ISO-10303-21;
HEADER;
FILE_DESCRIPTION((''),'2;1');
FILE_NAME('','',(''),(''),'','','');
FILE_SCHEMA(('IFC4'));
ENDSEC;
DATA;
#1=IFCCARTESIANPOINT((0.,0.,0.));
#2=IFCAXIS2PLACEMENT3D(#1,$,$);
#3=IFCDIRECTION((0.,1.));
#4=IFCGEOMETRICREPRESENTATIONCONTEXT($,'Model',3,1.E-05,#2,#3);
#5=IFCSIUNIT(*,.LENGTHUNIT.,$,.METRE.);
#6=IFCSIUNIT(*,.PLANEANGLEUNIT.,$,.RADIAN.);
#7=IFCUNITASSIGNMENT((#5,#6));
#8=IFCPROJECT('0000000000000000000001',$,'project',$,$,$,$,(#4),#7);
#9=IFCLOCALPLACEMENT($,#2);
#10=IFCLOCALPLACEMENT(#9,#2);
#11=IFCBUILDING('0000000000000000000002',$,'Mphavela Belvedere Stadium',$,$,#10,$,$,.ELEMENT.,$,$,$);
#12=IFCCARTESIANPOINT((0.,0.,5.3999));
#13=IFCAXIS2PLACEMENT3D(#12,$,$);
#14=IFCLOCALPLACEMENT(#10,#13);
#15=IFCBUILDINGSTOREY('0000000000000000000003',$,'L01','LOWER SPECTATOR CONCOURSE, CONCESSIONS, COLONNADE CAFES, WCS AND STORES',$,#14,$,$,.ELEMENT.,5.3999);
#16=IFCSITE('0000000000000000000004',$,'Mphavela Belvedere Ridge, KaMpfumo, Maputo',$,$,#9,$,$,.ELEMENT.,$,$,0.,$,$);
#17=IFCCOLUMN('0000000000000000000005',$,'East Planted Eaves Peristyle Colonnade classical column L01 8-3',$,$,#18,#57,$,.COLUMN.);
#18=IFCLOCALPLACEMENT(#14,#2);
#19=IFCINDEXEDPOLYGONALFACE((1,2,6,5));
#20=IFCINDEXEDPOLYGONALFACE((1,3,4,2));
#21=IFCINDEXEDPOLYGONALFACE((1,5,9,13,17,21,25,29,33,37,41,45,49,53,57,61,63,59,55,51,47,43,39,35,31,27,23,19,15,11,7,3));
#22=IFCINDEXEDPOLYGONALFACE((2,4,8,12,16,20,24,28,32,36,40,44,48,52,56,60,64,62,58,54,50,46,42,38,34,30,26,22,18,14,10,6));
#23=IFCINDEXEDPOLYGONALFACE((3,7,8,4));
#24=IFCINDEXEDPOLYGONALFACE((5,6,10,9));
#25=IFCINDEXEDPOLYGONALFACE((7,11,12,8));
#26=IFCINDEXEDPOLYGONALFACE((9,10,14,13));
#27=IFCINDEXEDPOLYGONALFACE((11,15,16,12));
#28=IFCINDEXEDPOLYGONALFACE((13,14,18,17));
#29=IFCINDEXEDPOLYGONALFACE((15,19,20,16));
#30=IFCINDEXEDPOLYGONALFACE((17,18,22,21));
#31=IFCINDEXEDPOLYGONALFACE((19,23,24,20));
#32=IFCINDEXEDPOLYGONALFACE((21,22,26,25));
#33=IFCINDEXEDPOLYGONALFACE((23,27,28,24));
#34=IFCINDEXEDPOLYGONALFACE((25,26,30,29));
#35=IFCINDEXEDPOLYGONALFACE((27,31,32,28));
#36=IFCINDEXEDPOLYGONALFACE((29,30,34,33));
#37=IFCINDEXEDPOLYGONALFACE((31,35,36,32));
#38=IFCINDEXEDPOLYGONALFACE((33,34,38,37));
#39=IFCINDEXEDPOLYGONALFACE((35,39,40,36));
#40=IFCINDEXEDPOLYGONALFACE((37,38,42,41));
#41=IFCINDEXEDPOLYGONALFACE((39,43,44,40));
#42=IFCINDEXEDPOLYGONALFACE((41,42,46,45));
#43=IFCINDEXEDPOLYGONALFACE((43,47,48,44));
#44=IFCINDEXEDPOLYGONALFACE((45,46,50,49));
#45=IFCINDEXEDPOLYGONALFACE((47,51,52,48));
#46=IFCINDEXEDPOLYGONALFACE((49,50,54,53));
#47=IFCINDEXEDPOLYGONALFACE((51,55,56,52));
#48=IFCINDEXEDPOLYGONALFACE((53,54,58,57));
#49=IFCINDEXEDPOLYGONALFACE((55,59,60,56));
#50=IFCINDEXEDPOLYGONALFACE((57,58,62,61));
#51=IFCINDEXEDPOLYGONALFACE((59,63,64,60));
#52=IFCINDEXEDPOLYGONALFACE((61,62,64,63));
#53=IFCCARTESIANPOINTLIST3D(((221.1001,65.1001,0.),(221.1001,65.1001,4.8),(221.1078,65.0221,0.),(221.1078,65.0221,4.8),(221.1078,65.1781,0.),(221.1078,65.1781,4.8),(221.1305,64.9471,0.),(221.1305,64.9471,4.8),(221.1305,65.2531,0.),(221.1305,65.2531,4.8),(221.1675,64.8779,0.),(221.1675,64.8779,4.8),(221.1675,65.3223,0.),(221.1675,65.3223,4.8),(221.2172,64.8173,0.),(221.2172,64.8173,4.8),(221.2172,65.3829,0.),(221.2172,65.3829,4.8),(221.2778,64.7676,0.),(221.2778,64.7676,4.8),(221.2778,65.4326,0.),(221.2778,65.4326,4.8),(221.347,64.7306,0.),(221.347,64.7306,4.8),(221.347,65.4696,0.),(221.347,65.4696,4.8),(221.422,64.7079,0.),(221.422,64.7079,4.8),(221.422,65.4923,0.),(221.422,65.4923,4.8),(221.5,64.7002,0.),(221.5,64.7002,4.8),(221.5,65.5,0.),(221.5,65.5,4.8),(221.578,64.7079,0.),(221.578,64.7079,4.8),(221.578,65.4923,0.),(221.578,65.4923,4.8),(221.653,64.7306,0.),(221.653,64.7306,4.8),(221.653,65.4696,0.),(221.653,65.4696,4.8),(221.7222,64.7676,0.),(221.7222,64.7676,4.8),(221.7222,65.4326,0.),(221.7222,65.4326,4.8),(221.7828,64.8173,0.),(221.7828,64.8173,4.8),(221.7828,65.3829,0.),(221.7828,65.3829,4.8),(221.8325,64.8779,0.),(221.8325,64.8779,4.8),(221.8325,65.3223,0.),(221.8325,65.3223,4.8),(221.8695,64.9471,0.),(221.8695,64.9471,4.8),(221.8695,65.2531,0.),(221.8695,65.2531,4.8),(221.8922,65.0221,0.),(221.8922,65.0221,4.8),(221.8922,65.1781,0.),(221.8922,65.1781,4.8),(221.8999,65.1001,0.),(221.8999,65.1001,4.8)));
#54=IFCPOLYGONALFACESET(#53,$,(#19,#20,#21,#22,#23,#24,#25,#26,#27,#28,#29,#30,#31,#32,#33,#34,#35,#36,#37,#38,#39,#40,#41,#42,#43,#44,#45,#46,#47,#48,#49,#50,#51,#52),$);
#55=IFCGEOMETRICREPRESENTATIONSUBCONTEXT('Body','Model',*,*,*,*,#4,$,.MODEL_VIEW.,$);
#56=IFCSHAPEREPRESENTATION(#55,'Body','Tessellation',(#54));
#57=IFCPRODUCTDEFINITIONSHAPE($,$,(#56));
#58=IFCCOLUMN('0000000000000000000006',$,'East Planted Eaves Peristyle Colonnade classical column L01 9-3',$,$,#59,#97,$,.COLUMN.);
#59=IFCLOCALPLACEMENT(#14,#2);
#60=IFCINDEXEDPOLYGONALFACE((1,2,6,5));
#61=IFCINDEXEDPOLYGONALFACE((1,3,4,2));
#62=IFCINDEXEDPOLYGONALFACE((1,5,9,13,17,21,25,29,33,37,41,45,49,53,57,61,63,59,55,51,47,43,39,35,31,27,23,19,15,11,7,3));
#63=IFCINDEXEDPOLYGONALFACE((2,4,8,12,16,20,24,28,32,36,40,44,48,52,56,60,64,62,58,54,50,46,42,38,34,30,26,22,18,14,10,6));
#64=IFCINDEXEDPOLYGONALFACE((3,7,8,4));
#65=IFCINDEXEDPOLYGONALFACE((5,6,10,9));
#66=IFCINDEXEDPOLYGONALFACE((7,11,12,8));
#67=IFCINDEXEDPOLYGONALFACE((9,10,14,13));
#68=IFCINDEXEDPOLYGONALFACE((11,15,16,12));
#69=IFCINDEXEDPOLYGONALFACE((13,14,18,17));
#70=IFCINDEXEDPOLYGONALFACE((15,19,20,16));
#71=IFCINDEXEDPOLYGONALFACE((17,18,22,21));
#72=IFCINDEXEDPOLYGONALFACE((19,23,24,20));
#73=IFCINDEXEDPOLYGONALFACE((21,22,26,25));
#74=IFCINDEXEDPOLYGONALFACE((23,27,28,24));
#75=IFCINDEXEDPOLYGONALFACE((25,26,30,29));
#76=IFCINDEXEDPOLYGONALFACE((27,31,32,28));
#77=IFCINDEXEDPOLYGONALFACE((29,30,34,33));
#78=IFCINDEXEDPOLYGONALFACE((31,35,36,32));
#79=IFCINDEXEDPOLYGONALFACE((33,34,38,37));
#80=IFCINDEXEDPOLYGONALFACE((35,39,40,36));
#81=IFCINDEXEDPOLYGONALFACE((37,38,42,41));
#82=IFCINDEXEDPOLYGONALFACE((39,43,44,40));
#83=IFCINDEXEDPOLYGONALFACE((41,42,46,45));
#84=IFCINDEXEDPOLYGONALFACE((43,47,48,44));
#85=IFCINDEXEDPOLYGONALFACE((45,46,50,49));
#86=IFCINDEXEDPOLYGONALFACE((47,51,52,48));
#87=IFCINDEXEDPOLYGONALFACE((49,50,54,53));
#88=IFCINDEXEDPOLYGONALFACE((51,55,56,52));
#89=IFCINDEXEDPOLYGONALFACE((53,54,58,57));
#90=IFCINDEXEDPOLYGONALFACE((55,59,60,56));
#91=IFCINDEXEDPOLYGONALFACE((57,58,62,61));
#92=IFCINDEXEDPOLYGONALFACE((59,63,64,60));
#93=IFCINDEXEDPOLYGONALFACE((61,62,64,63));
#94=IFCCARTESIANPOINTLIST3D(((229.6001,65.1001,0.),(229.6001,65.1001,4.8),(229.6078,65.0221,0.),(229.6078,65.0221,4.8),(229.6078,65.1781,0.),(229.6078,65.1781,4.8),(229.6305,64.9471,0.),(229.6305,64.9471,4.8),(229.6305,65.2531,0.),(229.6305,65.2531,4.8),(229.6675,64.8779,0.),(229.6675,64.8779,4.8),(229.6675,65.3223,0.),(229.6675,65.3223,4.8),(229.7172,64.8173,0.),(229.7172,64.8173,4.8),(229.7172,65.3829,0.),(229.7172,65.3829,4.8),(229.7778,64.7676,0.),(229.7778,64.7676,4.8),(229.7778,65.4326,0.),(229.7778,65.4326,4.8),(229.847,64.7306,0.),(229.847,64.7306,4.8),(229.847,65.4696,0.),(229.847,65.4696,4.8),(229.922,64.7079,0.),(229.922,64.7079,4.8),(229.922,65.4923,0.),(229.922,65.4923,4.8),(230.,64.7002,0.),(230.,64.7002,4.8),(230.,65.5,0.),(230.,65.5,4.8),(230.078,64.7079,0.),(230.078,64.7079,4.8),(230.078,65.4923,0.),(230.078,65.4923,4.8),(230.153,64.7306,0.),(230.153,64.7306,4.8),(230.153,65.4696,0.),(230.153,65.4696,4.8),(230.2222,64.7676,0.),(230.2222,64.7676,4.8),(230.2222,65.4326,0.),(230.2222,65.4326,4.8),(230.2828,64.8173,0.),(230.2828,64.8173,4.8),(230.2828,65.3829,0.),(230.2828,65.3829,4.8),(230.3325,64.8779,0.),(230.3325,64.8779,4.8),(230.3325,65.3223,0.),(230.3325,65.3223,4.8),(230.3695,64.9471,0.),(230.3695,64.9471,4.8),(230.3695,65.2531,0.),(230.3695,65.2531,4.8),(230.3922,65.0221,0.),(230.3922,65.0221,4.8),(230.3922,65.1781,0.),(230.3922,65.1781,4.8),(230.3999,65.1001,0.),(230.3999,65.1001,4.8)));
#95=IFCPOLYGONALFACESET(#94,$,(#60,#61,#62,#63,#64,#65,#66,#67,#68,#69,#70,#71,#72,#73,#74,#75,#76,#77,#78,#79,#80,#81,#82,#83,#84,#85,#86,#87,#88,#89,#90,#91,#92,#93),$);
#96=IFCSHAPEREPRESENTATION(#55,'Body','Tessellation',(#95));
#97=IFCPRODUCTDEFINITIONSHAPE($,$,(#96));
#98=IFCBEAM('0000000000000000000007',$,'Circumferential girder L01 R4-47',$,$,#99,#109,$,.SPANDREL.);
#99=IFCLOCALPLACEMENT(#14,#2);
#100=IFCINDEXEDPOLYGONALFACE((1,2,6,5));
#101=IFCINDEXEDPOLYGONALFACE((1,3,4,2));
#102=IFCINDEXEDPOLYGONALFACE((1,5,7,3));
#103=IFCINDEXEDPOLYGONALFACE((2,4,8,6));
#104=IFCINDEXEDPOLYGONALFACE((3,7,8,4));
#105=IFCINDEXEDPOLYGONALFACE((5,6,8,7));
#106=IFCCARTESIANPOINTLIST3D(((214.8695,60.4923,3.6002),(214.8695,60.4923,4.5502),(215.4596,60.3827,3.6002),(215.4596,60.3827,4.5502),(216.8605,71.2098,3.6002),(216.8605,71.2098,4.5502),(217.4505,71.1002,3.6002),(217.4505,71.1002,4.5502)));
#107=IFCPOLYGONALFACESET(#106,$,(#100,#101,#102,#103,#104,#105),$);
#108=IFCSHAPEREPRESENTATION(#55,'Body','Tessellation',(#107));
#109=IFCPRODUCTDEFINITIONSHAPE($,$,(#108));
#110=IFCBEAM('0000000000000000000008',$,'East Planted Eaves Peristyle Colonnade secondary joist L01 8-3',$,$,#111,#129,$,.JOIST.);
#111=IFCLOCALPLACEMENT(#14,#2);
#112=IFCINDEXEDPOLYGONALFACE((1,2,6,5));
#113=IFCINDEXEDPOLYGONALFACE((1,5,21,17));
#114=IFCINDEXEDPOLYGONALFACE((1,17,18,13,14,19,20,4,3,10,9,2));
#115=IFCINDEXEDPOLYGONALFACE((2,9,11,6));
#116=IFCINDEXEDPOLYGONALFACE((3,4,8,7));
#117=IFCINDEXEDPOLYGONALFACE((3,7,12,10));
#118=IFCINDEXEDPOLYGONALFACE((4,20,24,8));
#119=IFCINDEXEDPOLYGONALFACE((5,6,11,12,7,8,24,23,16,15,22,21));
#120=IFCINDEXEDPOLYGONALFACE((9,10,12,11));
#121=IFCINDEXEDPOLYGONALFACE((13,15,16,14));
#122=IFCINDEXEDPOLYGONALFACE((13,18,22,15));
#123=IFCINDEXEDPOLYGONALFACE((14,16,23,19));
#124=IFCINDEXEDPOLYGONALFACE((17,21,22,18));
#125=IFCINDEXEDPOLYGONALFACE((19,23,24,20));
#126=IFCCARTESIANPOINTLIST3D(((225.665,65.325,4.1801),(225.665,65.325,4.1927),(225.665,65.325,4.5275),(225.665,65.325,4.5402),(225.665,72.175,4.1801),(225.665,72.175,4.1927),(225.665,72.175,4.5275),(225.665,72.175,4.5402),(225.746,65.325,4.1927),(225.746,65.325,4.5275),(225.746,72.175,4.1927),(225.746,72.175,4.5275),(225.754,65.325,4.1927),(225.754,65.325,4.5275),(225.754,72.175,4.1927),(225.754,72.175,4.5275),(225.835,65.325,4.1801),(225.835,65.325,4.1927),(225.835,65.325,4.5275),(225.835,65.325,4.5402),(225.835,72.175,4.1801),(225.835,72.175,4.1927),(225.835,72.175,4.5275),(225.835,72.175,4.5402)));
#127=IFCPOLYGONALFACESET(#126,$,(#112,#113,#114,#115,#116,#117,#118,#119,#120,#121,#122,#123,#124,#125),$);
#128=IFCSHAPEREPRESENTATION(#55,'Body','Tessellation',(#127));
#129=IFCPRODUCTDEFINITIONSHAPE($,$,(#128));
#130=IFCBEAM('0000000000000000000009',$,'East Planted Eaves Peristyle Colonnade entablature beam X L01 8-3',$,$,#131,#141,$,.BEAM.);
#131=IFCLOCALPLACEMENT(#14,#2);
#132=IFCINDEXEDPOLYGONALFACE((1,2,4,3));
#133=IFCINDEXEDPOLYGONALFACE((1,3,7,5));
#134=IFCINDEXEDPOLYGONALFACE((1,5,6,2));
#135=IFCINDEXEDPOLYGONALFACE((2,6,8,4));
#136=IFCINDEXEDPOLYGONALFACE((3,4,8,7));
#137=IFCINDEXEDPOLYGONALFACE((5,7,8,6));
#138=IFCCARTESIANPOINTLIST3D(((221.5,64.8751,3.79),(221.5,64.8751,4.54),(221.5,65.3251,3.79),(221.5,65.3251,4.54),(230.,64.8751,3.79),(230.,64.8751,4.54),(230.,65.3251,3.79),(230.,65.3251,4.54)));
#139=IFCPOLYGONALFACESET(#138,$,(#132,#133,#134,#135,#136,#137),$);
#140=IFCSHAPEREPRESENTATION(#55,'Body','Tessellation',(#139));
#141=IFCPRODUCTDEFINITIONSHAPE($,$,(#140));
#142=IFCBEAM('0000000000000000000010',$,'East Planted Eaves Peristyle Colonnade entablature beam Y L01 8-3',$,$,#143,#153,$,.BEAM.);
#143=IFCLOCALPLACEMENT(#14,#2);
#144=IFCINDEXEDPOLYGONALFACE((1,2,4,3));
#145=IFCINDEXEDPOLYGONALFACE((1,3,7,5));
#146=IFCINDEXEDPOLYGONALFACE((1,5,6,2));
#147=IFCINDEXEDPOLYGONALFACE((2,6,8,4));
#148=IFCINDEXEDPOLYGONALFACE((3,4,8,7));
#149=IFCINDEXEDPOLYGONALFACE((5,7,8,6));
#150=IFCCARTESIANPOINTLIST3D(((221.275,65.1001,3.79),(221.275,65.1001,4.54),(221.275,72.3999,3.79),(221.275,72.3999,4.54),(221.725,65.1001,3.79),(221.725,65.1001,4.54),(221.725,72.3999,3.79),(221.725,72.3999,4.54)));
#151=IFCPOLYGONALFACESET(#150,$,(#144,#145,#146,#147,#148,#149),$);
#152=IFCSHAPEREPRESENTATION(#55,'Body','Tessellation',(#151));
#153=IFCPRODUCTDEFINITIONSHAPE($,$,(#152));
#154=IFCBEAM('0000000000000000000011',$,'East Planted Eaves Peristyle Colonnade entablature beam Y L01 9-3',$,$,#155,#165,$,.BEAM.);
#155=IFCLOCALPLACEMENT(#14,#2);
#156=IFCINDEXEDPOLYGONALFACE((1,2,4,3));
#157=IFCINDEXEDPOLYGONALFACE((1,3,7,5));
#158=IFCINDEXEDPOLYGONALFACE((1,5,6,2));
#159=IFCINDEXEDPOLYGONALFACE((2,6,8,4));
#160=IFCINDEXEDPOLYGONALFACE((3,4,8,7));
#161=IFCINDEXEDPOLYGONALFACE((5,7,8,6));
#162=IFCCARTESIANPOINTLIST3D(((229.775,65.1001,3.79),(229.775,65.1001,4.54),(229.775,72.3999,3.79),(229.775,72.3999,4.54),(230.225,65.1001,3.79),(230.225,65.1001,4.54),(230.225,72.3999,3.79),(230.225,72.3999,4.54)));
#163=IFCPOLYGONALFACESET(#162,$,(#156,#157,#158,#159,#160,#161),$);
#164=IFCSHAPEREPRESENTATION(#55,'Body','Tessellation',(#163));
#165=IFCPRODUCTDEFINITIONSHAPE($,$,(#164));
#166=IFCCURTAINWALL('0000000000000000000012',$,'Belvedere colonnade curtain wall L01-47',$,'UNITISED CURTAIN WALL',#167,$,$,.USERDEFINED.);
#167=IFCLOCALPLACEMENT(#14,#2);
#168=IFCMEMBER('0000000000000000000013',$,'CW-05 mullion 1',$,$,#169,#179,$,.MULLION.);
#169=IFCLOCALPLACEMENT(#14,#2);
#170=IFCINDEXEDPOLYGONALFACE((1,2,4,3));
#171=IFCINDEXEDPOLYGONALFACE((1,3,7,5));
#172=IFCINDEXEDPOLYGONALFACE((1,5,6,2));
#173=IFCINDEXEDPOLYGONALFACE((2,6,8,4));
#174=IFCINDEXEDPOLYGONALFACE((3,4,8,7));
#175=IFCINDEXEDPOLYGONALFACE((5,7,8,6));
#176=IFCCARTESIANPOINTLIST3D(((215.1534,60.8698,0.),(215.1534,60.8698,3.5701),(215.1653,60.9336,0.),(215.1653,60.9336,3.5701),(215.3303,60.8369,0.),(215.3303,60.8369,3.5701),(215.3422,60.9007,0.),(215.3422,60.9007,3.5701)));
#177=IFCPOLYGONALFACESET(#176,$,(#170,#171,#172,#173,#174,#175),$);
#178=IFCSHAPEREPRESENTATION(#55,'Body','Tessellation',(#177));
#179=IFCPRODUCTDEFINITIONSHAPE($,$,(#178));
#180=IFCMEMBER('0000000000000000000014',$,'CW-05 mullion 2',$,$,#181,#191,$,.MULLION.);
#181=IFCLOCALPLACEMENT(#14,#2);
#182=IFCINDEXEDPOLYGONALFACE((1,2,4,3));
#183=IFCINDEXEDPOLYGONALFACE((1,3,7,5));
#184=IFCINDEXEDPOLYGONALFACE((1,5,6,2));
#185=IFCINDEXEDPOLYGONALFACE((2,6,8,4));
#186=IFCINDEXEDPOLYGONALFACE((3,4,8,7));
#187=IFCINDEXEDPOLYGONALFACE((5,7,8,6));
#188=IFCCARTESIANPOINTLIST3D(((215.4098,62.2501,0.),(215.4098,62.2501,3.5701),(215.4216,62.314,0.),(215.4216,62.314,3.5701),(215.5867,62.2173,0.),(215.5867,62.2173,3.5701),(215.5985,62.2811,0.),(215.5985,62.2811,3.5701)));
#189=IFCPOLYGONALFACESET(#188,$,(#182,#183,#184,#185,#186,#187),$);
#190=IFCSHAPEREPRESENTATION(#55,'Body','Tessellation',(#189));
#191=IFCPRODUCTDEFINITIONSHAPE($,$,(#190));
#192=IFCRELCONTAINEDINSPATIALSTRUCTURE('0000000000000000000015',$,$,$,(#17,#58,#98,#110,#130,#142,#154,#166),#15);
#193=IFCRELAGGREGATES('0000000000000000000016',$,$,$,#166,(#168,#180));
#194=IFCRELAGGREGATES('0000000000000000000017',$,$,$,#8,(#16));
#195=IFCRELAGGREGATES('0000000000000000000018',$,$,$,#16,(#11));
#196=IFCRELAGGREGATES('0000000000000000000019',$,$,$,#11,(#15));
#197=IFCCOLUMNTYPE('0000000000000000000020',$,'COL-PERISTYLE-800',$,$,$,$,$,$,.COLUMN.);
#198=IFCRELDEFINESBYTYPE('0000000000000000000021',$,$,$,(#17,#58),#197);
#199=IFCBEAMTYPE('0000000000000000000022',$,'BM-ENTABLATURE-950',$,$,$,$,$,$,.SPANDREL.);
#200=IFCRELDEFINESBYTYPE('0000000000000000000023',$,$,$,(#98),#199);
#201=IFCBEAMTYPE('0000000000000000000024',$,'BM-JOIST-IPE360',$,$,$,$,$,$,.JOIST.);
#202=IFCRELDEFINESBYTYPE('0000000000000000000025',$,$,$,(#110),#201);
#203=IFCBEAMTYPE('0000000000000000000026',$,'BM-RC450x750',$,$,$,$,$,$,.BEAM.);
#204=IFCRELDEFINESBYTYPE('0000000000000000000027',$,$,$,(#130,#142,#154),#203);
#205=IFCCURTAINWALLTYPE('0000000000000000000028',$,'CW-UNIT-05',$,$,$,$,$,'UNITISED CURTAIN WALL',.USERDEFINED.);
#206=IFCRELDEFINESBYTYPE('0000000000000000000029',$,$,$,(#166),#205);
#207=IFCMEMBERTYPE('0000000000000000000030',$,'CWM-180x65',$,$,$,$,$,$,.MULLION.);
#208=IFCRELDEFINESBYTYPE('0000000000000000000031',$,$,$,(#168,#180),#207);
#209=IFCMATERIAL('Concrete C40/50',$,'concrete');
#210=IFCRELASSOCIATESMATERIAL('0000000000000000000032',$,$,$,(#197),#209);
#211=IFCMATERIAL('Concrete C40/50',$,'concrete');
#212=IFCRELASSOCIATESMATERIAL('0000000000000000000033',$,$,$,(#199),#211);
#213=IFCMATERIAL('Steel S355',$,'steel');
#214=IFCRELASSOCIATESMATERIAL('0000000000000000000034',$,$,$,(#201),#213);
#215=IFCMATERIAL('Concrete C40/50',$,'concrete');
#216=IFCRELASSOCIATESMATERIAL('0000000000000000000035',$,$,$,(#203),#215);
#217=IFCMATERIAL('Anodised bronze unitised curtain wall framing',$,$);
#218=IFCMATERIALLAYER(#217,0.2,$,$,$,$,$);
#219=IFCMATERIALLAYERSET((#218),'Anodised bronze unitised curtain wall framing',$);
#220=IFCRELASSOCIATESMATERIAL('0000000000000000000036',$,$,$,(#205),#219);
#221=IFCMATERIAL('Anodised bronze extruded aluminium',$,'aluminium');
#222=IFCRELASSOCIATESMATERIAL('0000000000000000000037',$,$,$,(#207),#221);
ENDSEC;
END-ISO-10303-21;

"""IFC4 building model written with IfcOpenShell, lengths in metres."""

from ifc_helpers import new_model, si_unit, direction, frame, origin, origin_2d, place, context, subcontext, project, spatial, rectangle, circle, i_section, extrude, material, layer, layer_set, material_profile, profile_set, type_object, element, aggregate, save


model = new_model("IFC4")

# Units and contexts
model_context = context("Model", 3, precision=1e-05, world=origin(), true_north=direction((0.0, 1.0)))
body_context = subcontext(model_context, "Body", "Model", "MODEL_VIEW")
ifc_project = project(units=[si_unit("LENGTHUNIT", "METRE"), si_unit("PLANEANGLEUNIT", "RADIAN")], contexts=[model_context])

# Site, building, storey
site_placement = place(None, origin())
site = spatial("IfcSite", under=ifc_project, at=site_placement, Name="Mphavela Belvedere Ridge, KaMpfumo, Maputo", CompositionType="ELEMENT", RefElevation=0.0)
building_placement = place(site_placement, origin())
building = spatial("IfcBuilding", under=site, at=building_placement, Name="Mphavela Belvedere Stadium", CompositionType="ELEMENT")
storey_placement = place(building_placement, frame((0.0, 0.0, 5.3999)))
storey = spatial("IfcBuildingStorey", under=building, at=storey_placement, Name="L01", Description="LOWER SPECTATOR CONCOURSE, CONCESSIONS, COLONNADE CAFES, WCS AND STORES", CompositionType="ELEMENT", Elevation=5.3999)

# Columns
ifc_material_1 = material(Name="Concrete C40/50", Category="concrete")
ifc_material_profile_1 = material_profile(ifc_material_1, circle(Radius=0.3999, at=origin_2d()), Name="COL D800")
ifc_profile_set_1 = profile_set([ifc_material_profile_1], Name="Concrete C40/50")
column_type = type_object("IfcColumnType", Name="COL-PERISTYLE-800", PredefinedType="COLUMN", material=ifc_profile_set_1)
for number, where, z_axis, x_axis, name in (
    (1, (221.5, 65.1001, 0.0), (0.0, 0.0, 1.0), (1.0, 0.0, 0.0), "East Planted Eaves Peristyle Colonnade classical column L01 8-3"),
    (2, (230.0, 65.1001, 0.0), (0.0, 0.0, 1.0), (1.0, 0.0, 0.0), "East Planted Eaves Peristyle Colonnade classical column L01 9-3"),
):
    element("IfcColumn", number, at=place(storey_placement, frame(where, z_axis=z_axis, x_axis=x_axis)), inside=storey, type_object=column_type, Name=name, PredefinedType="COLUMN", context=body_context, shape_type="SweptSolid", body=[
        extrude(circle(Radius=0.3999, at=origin_2d()), origin(), (0.0, 0.0, 1.0), 4.8),
    ])

# Beams
ifc_material_2 = material(Name="Concrete C40/50", Category="concrete")
ifc_material_profile_2 = material_profile(ifc_material_2, rectangle(XDim=0.6001, YDim=0.95, at=origin_2d()), Name="RC 600x950")
ifc_profile_set_2 = profile_set([ifc_material_profile_2], Name="Concrete C40/50")
beam_type_1 = type_object("IfcBeamType", Name="BM-ENTABLATURE-950", PredefinedType="SPANDREL", material=ifc_profile_set_2)
beam_1_placement = place(storey_placement, frame((215.1646, 60.4375, 4.0752), z_axis=(0.182643, 0.983179, 0.0), x_axis=(-0.983179, 0.182643, 0.0)))
element("IfcBeam", 3, at=beam_1_placement, inside=storey, type_object=beam_type_1, Name="Circumferential girder L01 R4-47", PredefinedType="SPANDREL", context=body_context, shape_type="SweptSolid", body=[
    extrude(rectangle(XDim=0.6001, YDim=0.95, at=origin_2d()), origin(), (0.0, 0.0, 1.0), 10.9009),
])
ifc_material_3 = material(Name="Steel S355", Category="steel")
ifc_material_profile_3 = material_profile(ifc_material_3, i_section(OverallWidth=0.1699, OverallDepth=0.3601, WebThickness=0.0081, FlangeThickness=0.0127, at=origin_2d()), Name="IPE 360")
ifc_profile_set_3 = profile_set([ifc_material_profile_3], Name="Steel S355")
beam_type_2 = type_object("IfcBeamType", Name="BM-JOIST-IPE360", PredefinedType="JOIST", material=ifc_profile_set_3)
beam_2_placement = place(storey_placement, frame((225.75, 65.325, 4.3601), z_axis=(0.0, 1.0, 0.0), x_axis=(-1.0, 0.0, 0.0)))
element("IfcBeam", 4, at=beam_2_placement, inside=storey, type_object=beam_type_2, Name="East Planted Eaves Peristyle Colonnade secondary joist L01 8-3", PredefinedType="JOIST", context=body_context, shape_type="SweptSolid", body=[
    extrude(i_section(OverallWidth=0.1699, OverallDepth=0.3601, WebThickness=0.0081, FlangeThickness=0.0127, at=origin_2d()), origin(), (0.0, 0.0, 1.0), 6.8501),
])
ifc_material_4 = material(Name="Concrete C40/50", Category="concrete")
ifc_material_profile_4 = material_profile(ifc_material_4, rectangle(XDim=0.45, YDim=0.75, at=origin_2d()), Name="RC 450x750")
ifc_profile_set_4 = profile_set([ifc_material_profile_4], Name="Concrete C40/50")
beam_type_3 = type_object("IfcBeamType", Name="BM-RC450x750", PredefinedType="BEAM", material=ifc_profile_set_4)
beam_3_placement = place(storey_placement, frame((221.5, 65.1001, 4.165), z_axis=(1.0, 0.0, 0.0), x_axis=(0.0, 1.0, 0.0)))
element("IfcBeam", 5, at=beam_3_placement, inside=storey, type_object=beam_type_3, Name="East Planted Eaves Peristyle Colonnade entablature beam X L01 8-3", PredefinedType="BEAM", context=body_context, shape_type="SweptSolid", body=[
    extrude(rectangle(XDim=0.45, YDim=0.75, at=origin_2d()), origin(), (0.0, 0.0, 1.0), 8.5),
])
for number, where, z_axis, x_axis, name in (
    (6, (221.5, 65.1001, 4.165), (0.0, 1.0, 0.0), (-1.0, 0.0, 0.0), "East Planted Eaves Peristyle Colonnade entablature beam Y L01 8-3"),
    (7, (230.0, 65.1001, 4.165), (0.0, 1.0, 0.0), (-1.0, 0.0, 0.0), "East Planted Eaves Peristyle Colonnade entablature beam Y L01 9-3"),
):
    element("IfcBeam", number, at=place(storey_placement, frame(where, z_axis=z_axis, x_axis=x_axis)), inside=storey, type_object=beam_type_3, Name=name, PredefinedType="BEAM", context=body_context, shape_type="SweptSolid", body=[
        extrude(rectangle(XDim=0.45, YDim=0.75, at=origin_2d()), origin(), (0.0, 0.0, 1.0), 7.2998),
    ])

# Curtain wall, members
ifc_material_5 = material(Name="Anodised bronze unitised curtain wall framing")
ifc_layer_1 = layer(ifc_material_5, 0.2)
ifc_layer_set_1 = layer_set([ifc_layer_1], Name="Anodised bronze unitised curtain wall framing")
curtain_wall_type = type_object("IfcCurtainWallType", Name="CW-UNIT-05", ElementType="UNITISED CURTAIN WALL", PredefinedType="USERDEFINED", material=ifc_layer_set_1)
curtain_wall_placement = place(storey_placement, origin())
curtain_wall = element("IfcCurtainWall", 8, at=curtain_wall_placement, inside=storey, type_object=curtain_wall_type, Name="Belvedere colonnade curtain wall L01-47", ObjectType="UNITISED CURTAIN WALL", PredefinedType="USERDEFINED")
ifc_material_6 = material(Name="Anodised bronze extruded aluminium", Category="aluminium")
ifc_material_profile_5 = material_profile(ifc_material_6, rectangle(XDim=0.1799, YDim=0.0649, at=origin_2d()), Name="CW-MUL 180x65")
ifc_profile_set_5 = profile_set([ifc_material_profile_5], Name="Anodised bronze extruded aluminium")
member_type_1 = type_object("IfcMemberType", Name="CWM-180x65", PredefinedType="MULLION", material=ifc_profile_set_5)
member_1_placement = place(storey_placement, frame((215.2478, 60.8853, 0.0), z_axis=(0.0, 0.0, 1.0), x_axis=(-0.983184, 0.18262, 0.0)))
member_1 = element("IfcMember", 9, at=member_1_placement, type_object=member_type_1, Name="CW-05 mullion 1", PredefinedType="MULLION", context=body_context, shape_type="SweptSolid", body=[
    extrude(rectangle(XDim=0.1799, YDim=0.0649, at=origin_2d()), origin(), (0.0, 0.0, 1.0), 3.5701),
])
member_2_placement = place(storey_placement, frame((215.5042, 62.2656, 0.0), z_axis=(0.0, 0.0, 1.0), x_axis=(-0.983184, 0.18262, 0.0)))
member_2 = element("IfcMember", 10, at=member_2_placement, type_object=member_type_1, Name="CW-05 mullion 2", PredefinedType="MULLION", context=body_context, shape_type="SweptSolid", body=[
    extrude(rectangle(XDim=0.1799, YDim=0.0649, at=origin_2d()), origin(), (0.0, 0.0, 1.0), 3.5701),
])
aggregate(curtain_wall, [member_1, member_2])

save(model, "model.ifc")
